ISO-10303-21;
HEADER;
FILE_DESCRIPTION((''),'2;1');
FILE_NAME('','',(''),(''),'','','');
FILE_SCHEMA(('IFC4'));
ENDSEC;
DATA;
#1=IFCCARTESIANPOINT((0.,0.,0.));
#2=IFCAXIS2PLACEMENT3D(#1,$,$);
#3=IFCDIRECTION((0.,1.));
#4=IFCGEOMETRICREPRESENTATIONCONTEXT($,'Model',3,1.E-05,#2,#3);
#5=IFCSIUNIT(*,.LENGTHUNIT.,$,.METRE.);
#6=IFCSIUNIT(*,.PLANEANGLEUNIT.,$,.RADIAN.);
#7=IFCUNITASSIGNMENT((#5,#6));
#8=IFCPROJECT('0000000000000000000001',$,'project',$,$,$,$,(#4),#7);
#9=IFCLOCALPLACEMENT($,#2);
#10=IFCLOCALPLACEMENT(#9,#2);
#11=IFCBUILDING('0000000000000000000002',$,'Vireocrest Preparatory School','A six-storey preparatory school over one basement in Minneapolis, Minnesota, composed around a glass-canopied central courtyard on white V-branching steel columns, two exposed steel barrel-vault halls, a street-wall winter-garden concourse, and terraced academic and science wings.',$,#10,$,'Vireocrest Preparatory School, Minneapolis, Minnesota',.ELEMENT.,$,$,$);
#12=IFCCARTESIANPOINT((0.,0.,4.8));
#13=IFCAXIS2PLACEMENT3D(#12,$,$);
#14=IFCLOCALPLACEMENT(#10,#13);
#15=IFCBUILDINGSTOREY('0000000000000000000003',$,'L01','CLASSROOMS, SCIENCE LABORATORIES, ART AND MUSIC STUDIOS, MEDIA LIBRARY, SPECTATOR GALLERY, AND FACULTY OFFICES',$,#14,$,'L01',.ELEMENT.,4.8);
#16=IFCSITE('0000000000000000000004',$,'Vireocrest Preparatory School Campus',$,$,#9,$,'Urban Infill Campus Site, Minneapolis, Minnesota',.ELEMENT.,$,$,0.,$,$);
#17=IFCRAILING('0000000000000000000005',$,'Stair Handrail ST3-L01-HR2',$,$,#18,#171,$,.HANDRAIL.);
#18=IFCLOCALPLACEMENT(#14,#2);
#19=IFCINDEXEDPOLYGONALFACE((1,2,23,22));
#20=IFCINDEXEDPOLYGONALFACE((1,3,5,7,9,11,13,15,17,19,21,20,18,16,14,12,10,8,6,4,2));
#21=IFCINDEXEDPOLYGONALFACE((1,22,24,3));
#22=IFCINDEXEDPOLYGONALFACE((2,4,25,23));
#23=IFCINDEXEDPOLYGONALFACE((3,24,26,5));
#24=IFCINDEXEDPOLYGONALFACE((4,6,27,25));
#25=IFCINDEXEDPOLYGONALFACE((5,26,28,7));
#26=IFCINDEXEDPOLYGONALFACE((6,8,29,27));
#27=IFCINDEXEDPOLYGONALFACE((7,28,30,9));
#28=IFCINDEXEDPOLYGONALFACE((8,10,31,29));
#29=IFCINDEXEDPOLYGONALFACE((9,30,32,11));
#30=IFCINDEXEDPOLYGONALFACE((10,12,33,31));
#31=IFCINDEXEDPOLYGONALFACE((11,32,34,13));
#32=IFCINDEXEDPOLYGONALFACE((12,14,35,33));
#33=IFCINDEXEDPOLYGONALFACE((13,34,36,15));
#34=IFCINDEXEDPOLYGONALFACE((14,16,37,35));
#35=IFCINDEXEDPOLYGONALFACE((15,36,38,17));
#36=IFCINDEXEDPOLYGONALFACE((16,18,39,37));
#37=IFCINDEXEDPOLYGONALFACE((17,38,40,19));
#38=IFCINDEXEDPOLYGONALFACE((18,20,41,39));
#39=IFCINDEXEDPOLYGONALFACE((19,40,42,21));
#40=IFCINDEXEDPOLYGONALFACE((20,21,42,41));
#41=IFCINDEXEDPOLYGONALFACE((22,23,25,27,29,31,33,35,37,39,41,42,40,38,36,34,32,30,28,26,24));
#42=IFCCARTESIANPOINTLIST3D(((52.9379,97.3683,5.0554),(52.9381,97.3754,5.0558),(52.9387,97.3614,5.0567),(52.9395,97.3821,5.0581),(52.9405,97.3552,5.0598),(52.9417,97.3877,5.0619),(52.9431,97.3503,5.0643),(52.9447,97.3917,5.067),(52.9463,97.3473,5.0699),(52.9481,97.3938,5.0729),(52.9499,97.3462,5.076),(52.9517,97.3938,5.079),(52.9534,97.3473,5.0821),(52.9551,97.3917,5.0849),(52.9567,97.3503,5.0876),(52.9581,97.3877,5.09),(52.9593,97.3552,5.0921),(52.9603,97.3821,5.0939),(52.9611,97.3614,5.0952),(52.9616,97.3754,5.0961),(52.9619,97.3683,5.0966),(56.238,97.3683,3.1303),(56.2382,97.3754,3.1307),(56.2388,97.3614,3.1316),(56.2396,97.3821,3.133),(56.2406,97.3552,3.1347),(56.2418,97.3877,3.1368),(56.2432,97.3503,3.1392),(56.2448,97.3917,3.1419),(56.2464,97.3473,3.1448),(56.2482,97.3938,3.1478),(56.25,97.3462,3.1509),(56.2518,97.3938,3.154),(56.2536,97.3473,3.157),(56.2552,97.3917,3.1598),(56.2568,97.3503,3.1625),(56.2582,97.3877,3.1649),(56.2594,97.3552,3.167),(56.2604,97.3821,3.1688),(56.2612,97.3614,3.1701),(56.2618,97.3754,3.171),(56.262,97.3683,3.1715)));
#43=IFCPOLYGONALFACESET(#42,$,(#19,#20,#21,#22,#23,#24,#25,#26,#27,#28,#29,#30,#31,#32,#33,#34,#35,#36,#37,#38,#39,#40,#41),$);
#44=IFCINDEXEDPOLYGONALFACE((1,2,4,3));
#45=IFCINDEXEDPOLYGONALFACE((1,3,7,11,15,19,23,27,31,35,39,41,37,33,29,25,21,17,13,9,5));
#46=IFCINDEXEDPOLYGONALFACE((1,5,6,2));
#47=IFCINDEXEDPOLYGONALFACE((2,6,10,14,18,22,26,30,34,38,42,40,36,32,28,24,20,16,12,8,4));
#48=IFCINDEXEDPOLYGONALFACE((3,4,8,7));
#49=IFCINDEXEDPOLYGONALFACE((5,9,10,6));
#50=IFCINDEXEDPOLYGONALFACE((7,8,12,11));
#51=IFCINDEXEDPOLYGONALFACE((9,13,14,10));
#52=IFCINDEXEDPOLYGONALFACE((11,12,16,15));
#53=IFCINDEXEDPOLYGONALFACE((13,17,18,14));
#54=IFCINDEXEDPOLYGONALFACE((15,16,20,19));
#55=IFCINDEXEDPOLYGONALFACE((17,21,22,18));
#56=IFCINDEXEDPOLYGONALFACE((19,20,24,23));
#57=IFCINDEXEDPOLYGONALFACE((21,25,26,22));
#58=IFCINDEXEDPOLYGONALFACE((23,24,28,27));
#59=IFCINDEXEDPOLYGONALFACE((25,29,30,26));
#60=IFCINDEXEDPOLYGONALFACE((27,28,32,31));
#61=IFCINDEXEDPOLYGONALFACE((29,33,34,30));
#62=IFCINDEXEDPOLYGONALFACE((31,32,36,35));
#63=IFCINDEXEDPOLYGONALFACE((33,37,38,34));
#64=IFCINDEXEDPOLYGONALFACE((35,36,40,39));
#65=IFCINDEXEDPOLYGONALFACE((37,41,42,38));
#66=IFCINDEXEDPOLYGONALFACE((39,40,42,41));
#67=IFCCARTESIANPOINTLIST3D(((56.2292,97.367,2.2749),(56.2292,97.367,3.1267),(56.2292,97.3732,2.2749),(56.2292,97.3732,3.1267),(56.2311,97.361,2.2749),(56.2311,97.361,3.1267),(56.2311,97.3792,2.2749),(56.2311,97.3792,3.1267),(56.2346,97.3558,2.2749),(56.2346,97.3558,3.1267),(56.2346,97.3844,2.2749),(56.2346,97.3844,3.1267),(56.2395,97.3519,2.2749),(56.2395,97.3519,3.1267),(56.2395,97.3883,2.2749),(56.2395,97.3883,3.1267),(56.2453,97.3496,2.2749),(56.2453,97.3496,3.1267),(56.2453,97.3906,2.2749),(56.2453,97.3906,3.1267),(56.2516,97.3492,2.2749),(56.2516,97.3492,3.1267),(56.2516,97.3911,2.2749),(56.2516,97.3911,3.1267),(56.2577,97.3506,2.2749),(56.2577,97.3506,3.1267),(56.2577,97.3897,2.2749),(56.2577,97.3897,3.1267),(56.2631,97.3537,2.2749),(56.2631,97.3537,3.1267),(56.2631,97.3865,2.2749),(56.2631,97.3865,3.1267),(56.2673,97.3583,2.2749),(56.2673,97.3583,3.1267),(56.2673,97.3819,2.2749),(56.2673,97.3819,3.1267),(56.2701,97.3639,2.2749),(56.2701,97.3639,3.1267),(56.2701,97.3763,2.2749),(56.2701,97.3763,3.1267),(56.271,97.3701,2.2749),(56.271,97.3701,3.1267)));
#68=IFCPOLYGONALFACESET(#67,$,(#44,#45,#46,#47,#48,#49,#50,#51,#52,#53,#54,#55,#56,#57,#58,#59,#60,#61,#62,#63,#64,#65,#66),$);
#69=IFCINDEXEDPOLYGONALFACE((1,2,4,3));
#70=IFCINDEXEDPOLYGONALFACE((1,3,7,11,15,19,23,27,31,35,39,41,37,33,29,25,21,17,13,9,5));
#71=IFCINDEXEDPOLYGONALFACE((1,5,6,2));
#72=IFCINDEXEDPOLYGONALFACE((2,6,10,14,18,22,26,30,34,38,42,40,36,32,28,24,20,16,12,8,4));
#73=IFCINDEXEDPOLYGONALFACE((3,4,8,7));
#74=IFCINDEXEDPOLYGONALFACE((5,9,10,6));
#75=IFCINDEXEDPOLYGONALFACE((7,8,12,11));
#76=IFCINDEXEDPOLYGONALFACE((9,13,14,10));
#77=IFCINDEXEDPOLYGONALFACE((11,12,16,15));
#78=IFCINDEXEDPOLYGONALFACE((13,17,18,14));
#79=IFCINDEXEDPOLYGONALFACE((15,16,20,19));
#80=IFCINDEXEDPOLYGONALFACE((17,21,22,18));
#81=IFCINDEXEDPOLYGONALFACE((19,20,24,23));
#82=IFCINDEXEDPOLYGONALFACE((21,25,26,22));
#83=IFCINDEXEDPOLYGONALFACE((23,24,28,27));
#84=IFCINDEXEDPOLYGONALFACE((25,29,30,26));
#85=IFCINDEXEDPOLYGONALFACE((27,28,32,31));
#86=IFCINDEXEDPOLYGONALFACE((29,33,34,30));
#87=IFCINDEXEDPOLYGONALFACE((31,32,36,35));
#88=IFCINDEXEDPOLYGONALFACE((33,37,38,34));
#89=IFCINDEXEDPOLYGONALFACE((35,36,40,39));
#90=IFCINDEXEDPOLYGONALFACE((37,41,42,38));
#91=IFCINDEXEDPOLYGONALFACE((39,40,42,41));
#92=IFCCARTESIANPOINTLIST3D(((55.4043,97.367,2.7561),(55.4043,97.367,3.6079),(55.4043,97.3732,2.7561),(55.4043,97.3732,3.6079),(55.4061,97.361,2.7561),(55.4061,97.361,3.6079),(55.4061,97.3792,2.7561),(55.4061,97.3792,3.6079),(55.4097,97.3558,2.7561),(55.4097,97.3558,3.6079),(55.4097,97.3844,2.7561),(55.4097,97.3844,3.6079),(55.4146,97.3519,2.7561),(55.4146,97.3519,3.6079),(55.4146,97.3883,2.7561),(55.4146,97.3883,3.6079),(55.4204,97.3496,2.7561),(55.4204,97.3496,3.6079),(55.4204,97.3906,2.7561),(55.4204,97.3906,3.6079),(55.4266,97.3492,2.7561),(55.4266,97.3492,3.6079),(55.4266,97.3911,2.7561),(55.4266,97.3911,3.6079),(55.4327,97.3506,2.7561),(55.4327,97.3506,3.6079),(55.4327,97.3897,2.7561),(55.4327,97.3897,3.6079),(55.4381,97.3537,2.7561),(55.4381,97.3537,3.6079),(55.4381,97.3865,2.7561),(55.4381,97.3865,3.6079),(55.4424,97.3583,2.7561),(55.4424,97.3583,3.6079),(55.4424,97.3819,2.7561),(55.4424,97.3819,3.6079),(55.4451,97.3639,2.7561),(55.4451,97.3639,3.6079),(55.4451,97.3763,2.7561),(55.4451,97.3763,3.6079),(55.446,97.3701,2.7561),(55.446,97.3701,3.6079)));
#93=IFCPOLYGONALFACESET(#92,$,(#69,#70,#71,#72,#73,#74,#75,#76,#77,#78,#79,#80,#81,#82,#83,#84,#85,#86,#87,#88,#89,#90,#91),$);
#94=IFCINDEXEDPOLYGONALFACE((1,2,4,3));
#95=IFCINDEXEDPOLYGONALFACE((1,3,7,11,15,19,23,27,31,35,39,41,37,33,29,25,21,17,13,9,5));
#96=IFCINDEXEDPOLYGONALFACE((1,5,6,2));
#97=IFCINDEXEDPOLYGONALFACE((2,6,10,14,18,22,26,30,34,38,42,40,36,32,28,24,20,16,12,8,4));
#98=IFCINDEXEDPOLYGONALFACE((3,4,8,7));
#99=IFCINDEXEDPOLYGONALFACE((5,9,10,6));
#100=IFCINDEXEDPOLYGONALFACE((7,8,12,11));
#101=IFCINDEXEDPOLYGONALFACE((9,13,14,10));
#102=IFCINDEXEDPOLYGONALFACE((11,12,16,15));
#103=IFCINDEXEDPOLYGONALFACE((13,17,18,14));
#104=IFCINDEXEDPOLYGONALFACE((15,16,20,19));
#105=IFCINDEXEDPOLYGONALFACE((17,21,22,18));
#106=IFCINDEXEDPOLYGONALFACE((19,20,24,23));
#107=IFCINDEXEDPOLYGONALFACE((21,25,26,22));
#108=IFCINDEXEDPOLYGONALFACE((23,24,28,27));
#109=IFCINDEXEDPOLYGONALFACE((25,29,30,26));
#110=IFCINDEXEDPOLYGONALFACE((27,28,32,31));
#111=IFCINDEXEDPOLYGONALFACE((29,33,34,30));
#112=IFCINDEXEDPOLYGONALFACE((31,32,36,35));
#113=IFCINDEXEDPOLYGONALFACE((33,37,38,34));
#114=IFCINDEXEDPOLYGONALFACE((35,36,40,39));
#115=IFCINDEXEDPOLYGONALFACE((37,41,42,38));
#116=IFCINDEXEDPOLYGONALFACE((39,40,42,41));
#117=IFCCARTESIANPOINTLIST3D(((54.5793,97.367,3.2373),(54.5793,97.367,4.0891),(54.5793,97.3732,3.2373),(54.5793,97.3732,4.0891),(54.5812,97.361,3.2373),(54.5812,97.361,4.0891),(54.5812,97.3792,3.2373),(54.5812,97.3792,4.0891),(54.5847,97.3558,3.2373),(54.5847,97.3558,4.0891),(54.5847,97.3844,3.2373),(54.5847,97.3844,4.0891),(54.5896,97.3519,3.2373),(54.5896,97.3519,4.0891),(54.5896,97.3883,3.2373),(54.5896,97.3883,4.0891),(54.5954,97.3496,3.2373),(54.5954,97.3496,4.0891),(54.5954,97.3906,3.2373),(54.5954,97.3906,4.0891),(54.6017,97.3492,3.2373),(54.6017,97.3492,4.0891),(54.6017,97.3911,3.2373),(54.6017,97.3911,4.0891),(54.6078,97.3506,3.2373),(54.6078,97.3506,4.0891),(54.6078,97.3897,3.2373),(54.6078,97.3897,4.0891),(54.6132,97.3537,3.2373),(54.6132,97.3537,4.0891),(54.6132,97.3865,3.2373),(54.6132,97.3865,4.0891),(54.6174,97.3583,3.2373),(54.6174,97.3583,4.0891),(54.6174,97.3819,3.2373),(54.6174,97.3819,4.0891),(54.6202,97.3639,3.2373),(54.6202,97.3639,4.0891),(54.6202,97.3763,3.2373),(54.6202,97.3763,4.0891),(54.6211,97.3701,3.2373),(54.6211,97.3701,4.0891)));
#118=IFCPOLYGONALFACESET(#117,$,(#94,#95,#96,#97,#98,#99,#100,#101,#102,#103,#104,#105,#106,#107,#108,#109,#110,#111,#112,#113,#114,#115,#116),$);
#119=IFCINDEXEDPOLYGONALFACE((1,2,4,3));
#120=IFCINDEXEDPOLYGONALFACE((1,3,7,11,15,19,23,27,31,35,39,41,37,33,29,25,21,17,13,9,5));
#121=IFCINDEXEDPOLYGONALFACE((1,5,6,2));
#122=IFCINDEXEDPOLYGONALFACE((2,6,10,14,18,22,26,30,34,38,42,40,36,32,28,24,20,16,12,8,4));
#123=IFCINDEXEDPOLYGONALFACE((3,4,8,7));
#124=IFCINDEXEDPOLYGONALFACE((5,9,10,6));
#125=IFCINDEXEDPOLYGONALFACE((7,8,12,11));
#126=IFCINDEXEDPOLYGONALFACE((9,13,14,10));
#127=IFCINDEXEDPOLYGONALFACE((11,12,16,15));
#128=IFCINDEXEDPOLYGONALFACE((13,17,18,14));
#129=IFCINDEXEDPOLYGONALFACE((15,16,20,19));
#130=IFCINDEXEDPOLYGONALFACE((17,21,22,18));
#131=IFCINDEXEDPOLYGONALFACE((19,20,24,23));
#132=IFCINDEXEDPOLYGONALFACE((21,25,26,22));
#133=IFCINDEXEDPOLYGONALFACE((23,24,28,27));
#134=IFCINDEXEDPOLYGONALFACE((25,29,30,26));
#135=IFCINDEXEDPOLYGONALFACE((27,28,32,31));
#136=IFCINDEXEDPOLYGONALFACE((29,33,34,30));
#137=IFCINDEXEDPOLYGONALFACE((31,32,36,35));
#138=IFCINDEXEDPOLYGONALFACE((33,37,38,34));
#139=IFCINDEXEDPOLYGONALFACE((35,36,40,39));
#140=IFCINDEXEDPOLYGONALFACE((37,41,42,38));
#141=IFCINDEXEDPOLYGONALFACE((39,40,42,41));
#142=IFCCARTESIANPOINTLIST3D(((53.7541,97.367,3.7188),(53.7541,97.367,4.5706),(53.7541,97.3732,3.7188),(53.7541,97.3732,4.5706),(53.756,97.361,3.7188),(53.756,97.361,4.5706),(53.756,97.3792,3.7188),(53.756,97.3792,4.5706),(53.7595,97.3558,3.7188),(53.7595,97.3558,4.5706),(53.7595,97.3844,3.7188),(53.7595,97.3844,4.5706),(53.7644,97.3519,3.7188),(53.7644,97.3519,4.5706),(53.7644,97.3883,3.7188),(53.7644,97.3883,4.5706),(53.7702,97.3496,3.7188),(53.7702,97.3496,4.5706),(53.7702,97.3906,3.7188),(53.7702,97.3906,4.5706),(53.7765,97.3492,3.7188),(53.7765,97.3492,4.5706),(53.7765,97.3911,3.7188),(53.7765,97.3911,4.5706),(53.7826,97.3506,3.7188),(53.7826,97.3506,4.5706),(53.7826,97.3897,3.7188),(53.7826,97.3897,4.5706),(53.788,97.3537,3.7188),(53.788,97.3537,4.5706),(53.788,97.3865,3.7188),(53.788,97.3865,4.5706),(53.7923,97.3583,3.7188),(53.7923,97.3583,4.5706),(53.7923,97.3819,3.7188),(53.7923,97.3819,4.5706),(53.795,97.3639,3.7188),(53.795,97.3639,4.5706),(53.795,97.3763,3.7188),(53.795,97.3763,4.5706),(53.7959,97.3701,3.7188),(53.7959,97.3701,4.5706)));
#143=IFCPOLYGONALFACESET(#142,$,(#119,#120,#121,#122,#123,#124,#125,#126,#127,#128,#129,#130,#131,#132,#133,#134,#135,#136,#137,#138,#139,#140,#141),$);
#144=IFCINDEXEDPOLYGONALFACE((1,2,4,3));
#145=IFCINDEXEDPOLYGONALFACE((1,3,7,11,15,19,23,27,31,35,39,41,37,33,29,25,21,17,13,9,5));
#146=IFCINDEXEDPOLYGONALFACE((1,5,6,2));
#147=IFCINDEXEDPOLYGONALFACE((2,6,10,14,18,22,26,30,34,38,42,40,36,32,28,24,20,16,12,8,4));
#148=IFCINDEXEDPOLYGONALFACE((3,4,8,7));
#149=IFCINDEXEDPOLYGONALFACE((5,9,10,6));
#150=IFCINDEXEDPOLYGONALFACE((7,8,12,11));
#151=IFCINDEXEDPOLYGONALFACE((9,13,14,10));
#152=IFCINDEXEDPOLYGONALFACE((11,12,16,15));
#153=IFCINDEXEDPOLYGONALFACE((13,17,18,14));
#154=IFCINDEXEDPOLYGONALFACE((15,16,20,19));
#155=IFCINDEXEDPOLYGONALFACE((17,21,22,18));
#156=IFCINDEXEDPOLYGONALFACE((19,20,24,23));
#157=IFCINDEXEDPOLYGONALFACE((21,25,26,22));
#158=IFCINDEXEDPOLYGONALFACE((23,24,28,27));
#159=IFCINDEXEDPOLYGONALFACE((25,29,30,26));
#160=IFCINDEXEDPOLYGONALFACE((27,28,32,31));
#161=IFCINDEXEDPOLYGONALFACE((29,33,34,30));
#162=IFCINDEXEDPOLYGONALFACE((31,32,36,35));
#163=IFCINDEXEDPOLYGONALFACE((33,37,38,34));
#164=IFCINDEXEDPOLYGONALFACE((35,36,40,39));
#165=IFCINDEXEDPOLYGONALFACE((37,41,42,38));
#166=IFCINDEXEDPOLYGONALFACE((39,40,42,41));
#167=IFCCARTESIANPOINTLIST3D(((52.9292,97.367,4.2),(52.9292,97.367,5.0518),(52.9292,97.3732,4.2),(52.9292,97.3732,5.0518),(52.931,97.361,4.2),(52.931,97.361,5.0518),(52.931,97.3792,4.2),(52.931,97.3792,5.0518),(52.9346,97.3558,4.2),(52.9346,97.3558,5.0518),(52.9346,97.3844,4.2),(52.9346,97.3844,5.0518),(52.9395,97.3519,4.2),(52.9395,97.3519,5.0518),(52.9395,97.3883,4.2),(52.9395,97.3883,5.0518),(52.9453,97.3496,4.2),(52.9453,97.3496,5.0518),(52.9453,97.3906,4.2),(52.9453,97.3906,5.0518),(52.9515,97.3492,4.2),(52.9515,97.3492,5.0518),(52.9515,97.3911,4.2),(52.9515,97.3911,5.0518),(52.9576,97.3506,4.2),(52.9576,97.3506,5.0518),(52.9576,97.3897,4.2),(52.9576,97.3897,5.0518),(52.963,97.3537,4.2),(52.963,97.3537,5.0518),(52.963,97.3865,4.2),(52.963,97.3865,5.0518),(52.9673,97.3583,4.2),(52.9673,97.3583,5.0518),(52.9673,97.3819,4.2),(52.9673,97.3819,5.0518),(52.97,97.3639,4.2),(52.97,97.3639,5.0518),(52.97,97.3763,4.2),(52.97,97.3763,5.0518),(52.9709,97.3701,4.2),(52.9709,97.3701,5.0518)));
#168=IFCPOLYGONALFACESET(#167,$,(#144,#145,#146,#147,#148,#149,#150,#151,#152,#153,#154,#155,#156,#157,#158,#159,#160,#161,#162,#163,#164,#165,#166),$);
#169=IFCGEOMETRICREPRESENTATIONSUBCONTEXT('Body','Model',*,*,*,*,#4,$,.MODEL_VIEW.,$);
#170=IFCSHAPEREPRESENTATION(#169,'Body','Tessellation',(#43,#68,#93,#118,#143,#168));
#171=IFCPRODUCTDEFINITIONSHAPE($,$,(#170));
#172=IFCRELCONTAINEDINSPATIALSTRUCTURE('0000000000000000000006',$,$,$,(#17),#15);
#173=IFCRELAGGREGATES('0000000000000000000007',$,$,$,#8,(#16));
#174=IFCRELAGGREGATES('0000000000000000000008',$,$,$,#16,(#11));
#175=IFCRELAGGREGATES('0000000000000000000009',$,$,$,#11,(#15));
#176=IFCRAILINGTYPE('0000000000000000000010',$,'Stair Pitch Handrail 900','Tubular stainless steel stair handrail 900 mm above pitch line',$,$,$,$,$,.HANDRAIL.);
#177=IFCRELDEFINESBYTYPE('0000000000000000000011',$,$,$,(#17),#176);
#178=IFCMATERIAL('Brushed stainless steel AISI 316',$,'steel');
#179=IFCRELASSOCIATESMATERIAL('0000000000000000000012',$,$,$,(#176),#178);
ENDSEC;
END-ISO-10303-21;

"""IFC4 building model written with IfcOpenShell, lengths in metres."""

from ifc_helpers import new_model, si_unit, direction, frame, origin, origin_2d, place, context, subcontext, project, spatial, circle, extrude, material, type_object, element, save


model = new_model("IFC4")

# Units and contexts
model_context = context("Model", 3, precision=1e-05, world=origin(), true_north=direction((0.0, 1.0)))
body_context = subcontext(model_context, "Body", "Model", "MODEL_VIEW")
ifc_project = project(units=[si_unit("LENGTHUNIT", "METRE"), si_unit("PLANEANGLEUNIT", "RADIAN")], contexts=[model_context])

# Site, building, storey
site_placement = place(None, origin())
site = spatial("IfcSite", under=ifc_project, at=site_placement, Name="Vireocrest Preparatory School Campus", LongName="Urban Infill Campus Site, Minneapolis, Minnesota", CompositionType="ELEMENT", RefElevation=0.0)
building_placement = place(site_placement, origin())
building = spatial("IfcBuilding", under=site, at=building_placement, Name="Vireocrest Preparatory School", Description="A six-storey preparatory school over one basement in Minneapolis, Minnesota, composed around a glass-canopied central courtyard on white V-branching steel columns, two exposed steel barrel-vault halls, a street-wall winter-garden concourse, and terraced academic and science wings.", LongName="Vireocrest Preparatory School, Minneapolis, Minnesota", CompositionType="ELEMENT")
storey_placement = place(building_placement, frame((0.0, 0.0, 4.8)))
storey = spatial("IfcBuildingStorey", under=building, at=storey_placement, Name="L01", Description="CLASSROOMS, SCIENCE LABORATORIES, ART AND MUSIC STUDIOS, MEDIA LIBRARY, SPECTATOR GALLERY, AND FACULTY OFFICES", LongName="L01", CompositionType="ELEMENT", Elevation=4.8)

# Railing
ifc_material_1 = material(Name="Brushed stainless steel AISI 316", Category="steel")
railing_type_1 = type_object("IfcRailingType", Name="Stair Pitch Handrail 900", Description="Tubular stainless steel stair handrail 900 mm above pitch line", PredefinedType="HANDRAIL", material=ifc_material_1)
railing_1_placement = place(storey_placement, frame((56.25, 97.3701, 2.2749)))
element("IfcRailing", 1, at=railing_1_placement, inside=storey, type_object=railing_type_1, Name="Stair Handrail ST3-L01-HR2", PredefinedType="HANDRAIL", context=body_context, shape_type="SweptSolid", body=[
    extrude(circle(Radius=0.0239, at=origin_2d()), frame((0.0, 0.0, 0.876), z_axis=(-0.863777, 0.0, 0.503875), x_axis=(0.0, -1.0, 0.0)), (0.0, 0.0, 1.0), 3.8206),
    extrude(circle(Radius=0.021, at=origin_2d()), origin(), (0.0, 0.0, 1.0), 0.8518),
    extrude(circle(Radius=0.021, at=origin_2d()), frame((-0.825, 0.0, 0.4812)), (0.0, 0.0, 1.0), 0.8518),
    extrude(circle(Radius=0.021, at=origin_2d()), frame((-1.6499, 0.0, 0.9624)), (0.0, 0.0, 1.0), 0.8518),
    extrude(circle(Radius=0.021, at=origin_2d()), frame((-2.4751, 0.0, 1.4438)), (0.0, 0.0, 1.0), 0.8518),
    extrude(circle(Radius=0.021, at=origin_2d()), frame((-3.3, 0.0, 1.925)), (0.0, 0.0, 1.0), 0.8518),
])

save(model, "model.ifc")
